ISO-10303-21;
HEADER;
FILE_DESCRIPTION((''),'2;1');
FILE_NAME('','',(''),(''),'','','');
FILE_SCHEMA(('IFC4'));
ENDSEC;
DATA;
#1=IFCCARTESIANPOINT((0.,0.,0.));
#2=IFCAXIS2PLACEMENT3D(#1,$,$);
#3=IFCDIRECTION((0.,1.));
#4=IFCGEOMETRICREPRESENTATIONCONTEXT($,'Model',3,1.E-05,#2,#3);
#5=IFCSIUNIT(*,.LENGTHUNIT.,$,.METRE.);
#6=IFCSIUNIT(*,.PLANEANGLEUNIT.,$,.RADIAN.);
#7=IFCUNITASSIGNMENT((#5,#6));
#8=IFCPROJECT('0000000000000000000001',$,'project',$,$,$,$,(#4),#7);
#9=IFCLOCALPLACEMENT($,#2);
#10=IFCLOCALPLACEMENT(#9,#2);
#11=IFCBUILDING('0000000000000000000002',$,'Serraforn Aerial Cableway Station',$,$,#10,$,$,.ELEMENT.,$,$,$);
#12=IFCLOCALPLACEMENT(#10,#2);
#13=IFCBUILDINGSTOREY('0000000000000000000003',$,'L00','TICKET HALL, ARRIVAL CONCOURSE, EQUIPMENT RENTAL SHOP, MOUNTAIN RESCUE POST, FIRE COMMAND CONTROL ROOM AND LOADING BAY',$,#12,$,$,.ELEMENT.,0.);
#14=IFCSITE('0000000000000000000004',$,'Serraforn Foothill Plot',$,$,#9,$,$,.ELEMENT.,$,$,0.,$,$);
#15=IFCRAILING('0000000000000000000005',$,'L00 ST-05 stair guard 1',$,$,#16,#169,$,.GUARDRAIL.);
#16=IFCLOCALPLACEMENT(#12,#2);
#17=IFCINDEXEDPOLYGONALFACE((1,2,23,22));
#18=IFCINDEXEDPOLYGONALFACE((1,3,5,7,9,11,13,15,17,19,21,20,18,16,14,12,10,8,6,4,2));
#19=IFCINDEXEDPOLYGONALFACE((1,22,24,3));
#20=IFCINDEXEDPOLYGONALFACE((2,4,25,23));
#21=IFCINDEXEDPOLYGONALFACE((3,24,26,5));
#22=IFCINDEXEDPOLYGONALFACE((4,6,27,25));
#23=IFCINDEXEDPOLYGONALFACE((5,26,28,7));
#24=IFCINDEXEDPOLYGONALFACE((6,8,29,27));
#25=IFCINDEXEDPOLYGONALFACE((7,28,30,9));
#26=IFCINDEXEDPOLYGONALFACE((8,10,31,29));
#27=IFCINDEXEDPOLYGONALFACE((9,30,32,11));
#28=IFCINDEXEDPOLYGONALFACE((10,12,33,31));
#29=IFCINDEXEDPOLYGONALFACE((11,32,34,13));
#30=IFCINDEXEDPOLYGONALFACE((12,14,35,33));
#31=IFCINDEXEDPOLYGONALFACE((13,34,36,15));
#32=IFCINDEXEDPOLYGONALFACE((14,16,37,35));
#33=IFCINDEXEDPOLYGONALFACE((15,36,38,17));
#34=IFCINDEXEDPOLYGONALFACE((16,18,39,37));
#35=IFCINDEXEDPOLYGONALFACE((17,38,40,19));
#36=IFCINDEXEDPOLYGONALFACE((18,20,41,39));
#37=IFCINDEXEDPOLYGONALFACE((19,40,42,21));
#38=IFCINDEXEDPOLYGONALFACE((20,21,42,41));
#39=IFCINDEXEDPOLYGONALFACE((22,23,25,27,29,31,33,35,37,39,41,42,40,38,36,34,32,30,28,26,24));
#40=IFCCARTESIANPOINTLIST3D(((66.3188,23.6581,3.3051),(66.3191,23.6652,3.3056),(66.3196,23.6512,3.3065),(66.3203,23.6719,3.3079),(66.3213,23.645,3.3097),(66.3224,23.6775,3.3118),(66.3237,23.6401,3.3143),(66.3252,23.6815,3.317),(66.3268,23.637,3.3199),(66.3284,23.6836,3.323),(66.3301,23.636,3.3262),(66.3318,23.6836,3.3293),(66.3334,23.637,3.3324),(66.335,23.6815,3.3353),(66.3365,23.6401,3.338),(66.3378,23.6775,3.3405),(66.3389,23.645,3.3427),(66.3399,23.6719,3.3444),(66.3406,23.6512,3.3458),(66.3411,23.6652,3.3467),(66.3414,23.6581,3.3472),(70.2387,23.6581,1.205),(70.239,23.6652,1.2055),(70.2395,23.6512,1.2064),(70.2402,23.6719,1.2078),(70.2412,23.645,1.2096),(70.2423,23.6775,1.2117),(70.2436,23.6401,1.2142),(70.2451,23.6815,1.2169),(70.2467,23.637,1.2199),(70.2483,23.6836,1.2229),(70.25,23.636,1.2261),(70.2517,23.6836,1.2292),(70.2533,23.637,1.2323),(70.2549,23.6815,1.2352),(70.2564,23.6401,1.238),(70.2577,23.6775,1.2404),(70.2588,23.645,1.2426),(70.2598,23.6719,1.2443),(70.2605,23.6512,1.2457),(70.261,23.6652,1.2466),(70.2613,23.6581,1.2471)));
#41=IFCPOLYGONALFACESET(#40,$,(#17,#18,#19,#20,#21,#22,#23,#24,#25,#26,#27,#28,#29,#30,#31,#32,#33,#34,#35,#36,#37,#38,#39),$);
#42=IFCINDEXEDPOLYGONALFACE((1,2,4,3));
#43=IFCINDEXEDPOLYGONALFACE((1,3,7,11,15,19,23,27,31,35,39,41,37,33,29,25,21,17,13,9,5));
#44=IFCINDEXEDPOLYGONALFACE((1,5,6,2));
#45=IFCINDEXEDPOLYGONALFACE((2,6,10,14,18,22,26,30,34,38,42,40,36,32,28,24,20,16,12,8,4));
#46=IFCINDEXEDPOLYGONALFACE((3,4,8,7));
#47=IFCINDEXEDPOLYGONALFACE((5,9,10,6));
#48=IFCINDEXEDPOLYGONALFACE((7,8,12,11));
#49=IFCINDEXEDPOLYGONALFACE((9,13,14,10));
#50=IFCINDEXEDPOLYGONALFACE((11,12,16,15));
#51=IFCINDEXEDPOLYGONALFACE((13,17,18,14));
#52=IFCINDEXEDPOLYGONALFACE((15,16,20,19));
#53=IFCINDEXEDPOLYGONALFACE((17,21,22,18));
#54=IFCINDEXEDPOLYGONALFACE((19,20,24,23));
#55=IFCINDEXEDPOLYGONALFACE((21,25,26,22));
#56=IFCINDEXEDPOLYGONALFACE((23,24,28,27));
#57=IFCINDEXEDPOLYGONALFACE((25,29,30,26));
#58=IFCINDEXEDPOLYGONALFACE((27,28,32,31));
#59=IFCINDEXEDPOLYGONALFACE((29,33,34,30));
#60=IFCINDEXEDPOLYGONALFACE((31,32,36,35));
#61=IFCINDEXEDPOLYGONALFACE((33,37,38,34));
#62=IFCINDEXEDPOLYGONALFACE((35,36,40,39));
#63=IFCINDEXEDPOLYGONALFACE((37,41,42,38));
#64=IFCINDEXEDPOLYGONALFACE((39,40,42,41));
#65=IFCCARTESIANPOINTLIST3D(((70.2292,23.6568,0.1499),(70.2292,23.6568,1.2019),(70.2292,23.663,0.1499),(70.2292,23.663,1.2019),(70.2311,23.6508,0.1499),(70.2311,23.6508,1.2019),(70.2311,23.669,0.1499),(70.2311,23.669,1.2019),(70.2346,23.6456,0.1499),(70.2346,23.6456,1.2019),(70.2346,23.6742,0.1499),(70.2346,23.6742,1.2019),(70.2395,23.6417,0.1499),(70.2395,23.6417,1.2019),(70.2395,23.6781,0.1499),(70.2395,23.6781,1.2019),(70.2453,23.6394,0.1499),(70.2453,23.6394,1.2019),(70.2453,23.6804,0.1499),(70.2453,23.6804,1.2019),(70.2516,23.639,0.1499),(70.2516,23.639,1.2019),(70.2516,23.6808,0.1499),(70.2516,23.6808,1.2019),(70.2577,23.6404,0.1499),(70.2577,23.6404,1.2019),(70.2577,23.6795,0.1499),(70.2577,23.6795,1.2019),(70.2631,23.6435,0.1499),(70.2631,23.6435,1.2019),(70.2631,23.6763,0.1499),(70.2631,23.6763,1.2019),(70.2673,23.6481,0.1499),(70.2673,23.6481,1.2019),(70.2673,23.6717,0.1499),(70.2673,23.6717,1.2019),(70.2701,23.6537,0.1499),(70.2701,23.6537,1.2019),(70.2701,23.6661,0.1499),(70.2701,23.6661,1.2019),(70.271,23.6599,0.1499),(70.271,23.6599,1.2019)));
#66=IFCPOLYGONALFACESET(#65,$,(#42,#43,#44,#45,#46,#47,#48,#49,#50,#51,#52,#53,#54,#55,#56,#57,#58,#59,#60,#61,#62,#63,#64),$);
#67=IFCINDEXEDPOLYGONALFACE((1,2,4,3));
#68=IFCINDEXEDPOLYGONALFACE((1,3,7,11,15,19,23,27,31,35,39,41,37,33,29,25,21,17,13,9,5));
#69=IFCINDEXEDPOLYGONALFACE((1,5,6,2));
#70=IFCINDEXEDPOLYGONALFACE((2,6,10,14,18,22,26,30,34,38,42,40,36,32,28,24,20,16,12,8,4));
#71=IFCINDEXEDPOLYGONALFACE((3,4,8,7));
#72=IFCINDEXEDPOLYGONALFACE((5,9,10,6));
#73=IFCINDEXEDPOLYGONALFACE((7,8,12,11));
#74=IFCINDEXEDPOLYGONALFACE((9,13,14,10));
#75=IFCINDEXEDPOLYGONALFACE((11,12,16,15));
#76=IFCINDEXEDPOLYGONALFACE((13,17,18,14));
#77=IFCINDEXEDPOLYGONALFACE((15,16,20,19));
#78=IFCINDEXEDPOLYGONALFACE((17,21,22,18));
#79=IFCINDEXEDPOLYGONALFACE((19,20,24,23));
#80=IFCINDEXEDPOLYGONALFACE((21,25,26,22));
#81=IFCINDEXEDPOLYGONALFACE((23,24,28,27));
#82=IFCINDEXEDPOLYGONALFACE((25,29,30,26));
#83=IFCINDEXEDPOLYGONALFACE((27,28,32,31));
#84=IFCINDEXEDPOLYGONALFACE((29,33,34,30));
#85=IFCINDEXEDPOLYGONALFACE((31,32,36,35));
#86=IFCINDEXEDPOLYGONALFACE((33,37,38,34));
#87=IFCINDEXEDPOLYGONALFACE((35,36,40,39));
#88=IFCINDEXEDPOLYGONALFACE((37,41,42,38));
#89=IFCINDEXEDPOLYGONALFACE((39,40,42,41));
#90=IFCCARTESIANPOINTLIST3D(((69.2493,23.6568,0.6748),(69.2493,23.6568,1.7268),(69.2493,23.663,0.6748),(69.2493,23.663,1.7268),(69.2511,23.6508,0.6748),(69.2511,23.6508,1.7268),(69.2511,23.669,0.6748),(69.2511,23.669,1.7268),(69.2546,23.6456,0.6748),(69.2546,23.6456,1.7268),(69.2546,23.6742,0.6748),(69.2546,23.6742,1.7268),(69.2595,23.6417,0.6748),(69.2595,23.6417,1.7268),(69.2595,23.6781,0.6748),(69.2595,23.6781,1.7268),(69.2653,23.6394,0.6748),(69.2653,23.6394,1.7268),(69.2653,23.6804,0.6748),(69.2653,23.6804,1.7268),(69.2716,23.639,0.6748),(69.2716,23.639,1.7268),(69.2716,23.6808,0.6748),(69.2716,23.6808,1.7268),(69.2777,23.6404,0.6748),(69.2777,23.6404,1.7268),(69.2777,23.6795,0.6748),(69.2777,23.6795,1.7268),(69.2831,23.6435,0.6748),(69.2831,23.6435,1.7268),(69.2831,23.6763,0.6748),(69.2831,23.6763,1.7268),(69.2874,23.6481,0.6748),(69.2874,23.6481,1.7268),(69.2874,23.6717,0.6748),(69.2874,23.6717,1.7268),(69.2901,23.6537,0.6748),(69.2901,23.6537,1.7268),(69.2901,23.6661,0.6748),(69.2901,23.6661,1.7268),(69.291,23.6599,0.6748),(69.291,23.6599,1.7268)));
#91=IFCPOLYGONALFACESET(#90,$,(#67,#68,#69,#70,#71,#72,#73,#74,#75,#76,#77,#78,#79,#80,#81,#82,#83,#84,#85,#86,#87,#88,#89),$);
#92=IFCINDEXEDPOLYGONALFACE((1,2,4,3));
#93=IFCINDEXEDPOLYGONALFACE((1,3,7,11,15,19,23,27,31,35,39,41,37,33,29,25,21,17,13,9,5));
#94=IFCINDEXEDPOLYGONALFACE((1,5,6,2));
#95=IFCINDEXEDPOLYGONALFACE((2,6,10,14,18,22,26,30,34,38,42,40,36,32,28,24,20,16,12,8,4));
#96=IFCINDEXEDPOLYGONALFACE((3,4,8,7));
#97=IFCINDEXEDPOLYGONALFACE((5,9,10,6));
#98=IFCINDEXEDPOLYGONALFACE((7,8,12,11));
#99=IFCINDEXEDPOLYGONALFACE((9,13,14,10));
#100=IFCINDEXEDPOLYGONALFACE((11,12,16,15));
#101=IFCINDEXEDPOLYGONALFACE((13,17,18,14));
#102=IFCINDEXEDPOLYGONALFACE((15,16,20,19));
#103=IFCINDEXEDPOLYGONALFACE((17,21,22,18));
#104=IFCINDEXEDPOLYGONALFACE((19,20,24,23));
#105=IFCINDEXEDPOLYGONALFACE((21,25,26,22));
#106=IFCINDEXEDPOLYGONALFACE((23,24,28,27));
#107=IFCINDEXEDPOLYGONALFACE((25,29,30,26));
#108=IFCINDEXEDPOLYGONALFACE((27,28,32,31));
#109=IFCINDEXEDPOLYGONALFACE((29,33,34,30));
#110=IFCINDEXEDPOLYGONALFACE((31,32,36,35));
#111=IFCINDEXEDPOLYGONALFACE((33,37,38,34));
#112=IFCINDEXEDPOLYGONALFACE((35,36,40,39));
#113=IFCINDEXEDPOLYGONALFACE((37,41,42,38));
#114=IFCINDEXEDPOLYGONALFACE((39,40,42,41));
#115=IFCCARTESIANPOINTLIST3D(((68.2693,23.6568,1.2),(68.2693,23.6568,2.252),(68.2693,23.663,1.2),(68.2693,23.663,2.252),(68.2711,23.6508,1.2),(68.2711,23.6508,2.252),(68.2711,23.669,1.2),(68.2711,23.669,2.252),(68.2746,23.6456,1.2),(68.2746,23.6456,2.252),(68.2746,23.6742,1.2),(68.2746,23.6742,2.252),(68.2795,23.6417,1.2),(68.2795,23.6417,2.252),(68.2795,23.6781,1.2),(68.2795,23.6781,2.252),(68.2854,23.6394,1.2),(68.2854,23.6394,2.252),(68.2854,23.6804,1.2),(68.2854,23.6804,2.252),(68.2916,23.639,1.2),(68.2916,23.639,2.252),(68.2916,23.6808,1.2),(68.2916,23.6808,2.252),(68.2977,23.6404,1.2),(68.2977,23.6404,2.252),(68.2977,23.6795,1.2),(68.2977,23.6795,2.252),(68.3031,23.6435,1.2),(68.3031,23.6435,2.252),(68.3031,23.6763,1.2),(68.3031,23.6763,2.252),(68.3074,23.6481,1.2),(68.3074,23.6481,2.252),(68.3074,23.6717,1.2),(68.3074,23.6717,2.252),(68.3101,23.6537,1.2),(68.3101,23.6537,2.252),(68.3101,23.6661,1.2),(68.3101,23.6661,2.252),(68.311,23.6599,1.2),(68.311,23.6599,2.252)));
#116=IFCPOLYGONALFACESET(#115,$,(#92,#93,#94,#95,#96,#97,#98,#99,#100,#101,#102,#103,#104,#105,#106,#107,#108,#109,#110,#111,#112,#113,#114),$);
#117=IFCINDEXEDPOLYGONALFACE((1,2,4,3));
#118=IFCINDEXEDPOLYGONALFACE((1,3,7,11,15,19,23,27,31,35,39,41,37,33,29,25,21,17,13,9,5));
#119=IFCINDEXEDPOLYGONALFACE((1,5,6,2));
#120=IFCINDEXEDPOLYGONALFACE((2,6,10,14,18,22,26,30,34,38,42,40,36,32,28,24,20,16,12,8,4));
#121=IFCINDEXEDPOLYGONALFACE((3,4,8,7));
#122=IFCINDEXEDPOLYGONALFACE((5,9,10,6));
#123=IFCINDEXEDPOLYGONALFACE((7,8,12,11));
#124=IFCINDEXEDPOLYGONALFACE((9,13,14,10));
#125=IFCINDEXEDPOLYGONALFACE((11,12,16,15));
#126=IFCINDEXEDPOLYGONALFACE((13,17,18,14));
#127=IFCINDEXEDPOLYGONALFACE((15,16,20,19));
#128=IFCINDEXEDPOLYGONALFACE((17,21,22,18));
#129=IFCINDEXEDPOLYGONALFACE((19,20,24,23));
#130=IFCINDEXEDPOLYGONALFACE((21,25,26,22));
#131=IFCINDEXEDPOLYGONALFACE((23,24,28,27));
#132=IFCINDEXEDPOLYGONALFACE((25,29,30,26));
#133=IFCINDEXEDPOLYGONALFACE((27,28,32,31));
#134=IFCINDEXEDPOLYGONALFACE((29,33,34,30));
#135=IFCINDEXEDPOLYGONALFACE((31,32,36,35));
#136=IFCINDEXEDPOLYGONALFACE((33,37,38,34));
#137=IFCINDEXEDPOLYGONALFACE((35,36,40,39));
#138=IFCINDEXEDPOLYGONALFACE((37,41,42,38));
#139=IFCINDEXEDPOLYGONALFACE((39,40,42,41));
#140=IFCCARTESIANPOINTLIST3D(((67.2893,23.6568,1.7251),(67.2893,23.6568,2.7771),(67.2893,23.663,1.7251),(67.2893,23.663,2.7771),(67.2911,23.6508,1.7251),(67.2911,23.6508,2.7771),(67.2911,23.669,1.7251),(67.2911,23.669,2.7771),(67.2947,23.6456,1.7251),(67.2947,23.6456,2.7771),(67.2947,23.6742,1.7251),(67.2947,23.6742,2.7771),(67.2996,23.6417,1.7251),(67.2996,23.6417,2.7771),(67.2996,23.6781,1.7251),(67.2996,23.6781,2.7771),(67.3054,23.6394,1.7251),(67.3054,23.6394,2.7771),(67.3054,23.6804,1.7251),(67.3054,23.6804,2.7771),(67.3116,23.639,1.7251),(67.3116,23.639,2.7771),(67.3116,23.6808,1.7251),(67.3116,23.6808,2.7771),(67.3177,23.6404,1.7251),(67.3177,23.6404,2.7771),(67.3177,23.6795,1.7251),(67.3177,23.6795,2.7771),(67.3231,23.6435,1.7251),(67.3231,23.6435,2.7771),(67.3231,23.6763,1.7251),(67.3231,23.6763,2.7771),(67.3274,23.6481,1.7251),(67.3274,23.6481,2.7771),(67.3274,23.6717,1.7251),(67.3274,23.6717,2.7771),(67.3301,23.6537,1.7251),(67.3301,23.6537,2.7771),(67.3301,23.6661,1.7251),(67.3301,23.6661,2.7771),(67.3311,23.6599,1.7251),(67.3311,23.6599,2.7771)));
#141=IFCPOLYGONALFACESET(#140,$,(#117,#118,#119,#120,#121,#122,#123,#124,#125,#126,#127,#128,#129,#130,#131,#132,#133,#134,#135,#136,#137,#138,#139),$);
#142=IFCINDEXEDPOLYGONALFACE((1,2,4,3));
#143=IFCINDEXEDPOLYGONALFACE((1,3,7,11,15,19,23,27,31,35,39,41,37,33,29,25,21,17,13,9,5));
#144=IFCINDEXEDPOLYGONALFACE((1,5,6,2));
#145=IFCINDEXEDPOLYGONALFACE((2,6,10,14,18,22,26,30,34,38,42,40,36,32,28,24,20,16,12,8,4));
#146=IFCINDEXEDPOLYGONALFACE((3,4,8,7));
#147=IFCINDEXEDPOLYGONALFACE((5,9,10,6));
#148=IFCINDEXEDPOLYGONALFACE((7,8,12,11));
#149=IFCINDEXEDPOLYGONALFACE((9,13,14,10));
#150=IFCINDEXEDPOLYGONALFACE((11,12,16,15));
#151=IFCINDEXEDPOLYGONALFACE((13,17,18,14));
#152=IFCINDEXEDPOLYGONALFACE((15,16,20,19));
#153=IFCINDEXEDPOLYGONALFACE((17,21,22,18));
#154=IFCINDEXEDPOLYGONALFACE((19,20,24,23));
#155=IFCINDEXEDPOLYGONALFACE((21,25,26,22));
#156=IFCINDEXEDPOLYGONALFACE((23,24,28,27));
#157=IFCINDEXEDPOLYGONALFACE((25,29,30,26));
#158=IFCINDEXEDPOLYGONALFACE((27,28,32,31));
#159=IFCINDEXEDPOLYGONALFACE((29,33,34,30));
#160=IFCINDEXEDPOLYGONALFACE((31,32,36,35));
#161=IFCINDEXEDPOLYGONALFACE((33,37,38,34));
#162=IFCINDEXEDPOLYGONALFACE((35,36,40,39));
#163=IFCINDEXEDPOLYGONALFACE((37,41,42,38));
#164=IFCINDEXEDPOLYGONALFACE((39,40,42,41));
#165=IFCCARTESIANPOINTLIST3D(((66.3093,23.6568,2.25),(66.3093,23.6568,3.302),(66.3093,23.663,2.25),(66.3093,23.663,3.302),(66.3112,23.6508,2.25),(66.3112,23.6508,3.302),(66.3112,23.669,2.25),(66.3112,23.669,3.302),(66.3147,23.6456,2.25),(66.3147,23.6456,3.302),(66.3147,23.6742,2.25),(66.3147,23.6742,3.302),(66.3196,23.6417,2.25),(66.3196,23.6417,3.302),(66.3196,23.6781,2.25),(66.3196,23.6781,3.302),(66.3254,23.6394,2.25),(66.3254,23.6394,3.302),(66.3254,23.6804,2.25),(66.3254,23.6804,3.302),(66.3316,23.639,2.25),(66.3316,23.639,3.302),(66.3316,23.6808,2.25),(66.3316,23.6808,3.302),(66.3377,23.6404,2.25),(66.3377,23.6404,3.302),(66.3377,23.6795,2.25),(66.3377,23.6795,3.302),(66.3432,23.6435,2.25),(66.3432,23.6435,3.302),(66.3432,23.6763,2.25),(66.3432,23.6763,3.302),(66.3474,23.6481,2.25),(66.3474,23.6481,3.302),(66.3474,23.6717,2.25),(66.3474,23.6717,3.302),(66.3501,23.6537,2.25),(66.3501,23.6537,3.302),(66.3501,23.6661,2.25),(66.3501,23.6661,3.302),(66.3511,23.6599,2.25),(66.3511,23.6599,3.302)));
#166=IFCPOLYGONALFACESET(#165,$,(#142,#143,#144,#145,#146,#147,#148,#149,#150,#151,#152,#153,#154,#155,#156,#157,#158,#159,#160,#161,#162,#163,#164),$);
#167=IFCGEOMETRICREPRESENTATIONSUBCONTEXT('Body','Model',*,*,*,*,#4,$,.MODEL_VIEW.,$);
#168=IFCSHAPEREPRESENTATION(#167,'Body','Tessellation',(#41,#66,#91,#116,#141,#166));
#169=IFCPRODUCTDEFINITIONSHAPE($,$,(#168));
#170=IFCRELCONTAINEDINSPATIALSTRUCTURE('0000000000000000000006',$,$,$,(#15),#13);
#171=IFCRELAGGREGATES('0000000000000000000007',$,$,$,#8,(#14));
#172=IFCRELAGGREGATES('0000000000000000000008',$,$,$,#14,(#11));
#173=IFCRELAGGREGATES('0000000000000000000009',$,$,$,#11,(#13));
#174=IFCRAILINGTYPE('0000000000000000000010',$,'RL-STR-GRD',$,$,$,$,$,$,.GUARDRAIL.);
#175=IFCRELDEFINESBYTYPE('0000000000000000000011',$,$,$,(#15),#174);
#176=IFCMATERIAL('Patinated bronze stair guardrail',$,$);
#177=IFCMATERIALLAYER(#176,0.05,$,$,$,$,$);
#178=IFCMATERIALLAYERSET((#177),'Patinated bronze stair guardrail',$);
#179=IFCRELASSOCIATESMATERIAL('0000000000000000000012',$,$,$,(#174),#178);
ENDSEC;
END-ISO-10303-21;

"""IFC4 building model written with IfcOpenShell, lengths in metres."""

from ifc_helpers import new_model, si_unit, direction, frame, origin, origin_2d, place, context, subcontext, project, spatial, circle, extrude, material, layer, layer_set, type_object, element, save


model = new_model("IFC4")

# Units and contexts
model_context = context("Model", 3, precision=1e-05, world=origin(), true_north=direction((0.0, 1.0)))
body_context = subcontext(model_context, "Body", "Model", "MODEL_VIEW")
ifc_project = project(units=[si_unit("LENGTHUNIT", "METRE"), si_unit("PLANEANGLEUNIT", "RADIAN")], contexts=[model_context])

# Site, building, storey
site_placement = place(None, origin())
site = spatial("IfcSite", under=ifc_project, at=site_placement, Name="Serraforn Foothill Plot", CompositionType="ELEMENT", RefElevation=0.0)
building_placement = place(site_placement, origin())
building = spatial("IfcBuilding", under=site, at=building_placement, Name="Serraforn Aerial Cableway Station", CompositionType="ELEMENT")
storey_placement = place(building_placement, origin())
storey = spatial("IfcBuildingStorey", under=building, at=storey_placement, Name="L00", Description="TICKET HALL, ARRIVAL CONCOURSE, EQUIPMENT RENTAL SHOP, MOUNTAIN RESCUE POST, FIRE COMMAND CONTROL ROOM AND LOADING BAY", CompositionType="ELEMENT", Elevation=0.0)

# Railing
ifc_material_1 = material(Name="Patinated bronze stair guardrail")
ifc_layer_1 = layer(ifc_material_1, 0.05)
ifc_layer_set_1 = layer_set([ifc_layer_1], Name="Patinated bronze stair guardrail")
railing_type_1 = type_object("IfcRailingType", Name="RL-STR-GRD", PredefinedType="GUARDRAIL", material=ifc_layer_set_1)
railing_1_placement = place(storey_placement, frame((70.25, 23.6599, 0.1499)))
element("IfcRailing", 1, at=railing_1_placement, inside=storey, type_object=railing_type_1, Name="L00 ST-05 stair guard 1", PredefinedType="GUARDRAIL", context=body_context, shape_type="SweptSolid", body=[
    extrude(circle(Radius=0.0239, at=origin_2d()), frame((0.0, 0.0, 1.0762), z_axis=(-0.881467, 0.0, 0.472246), x_axis=(0.0, -1.0, 0.0)), (0.0, 0.0, 1.0), 4.447),
    extrude(circle(Radius=0.021, at=origin_2d()), origin(), (0.0, 0.0, 1.0), 1.052),
    extrude(circle(Radius=0.021, at=origin_2d()), frame((-0.98, 0.0, 0.5249)), (0.0, 0.0, 1.0), 1.052),
    extrude(circle(Radius=0.021, at=origin_2d()), frame((-1.96, 0.0, 1.05)), (0.0, 0.0, 1.0), 1.052),
    extrude(circle(Radius=0.021, at=origin_2d()), frame((-2.9399, 0.0, 1.5752)), (0.0, 0.0, 1.0), 1.052),
    extrude(circle(Radius=0.021, at=origin_2d()), frame((-3.9199, 0.0, 2.1001)), (0.0, 0.0, 1.0), 1.052),
])

save(model, "model.ifc")
